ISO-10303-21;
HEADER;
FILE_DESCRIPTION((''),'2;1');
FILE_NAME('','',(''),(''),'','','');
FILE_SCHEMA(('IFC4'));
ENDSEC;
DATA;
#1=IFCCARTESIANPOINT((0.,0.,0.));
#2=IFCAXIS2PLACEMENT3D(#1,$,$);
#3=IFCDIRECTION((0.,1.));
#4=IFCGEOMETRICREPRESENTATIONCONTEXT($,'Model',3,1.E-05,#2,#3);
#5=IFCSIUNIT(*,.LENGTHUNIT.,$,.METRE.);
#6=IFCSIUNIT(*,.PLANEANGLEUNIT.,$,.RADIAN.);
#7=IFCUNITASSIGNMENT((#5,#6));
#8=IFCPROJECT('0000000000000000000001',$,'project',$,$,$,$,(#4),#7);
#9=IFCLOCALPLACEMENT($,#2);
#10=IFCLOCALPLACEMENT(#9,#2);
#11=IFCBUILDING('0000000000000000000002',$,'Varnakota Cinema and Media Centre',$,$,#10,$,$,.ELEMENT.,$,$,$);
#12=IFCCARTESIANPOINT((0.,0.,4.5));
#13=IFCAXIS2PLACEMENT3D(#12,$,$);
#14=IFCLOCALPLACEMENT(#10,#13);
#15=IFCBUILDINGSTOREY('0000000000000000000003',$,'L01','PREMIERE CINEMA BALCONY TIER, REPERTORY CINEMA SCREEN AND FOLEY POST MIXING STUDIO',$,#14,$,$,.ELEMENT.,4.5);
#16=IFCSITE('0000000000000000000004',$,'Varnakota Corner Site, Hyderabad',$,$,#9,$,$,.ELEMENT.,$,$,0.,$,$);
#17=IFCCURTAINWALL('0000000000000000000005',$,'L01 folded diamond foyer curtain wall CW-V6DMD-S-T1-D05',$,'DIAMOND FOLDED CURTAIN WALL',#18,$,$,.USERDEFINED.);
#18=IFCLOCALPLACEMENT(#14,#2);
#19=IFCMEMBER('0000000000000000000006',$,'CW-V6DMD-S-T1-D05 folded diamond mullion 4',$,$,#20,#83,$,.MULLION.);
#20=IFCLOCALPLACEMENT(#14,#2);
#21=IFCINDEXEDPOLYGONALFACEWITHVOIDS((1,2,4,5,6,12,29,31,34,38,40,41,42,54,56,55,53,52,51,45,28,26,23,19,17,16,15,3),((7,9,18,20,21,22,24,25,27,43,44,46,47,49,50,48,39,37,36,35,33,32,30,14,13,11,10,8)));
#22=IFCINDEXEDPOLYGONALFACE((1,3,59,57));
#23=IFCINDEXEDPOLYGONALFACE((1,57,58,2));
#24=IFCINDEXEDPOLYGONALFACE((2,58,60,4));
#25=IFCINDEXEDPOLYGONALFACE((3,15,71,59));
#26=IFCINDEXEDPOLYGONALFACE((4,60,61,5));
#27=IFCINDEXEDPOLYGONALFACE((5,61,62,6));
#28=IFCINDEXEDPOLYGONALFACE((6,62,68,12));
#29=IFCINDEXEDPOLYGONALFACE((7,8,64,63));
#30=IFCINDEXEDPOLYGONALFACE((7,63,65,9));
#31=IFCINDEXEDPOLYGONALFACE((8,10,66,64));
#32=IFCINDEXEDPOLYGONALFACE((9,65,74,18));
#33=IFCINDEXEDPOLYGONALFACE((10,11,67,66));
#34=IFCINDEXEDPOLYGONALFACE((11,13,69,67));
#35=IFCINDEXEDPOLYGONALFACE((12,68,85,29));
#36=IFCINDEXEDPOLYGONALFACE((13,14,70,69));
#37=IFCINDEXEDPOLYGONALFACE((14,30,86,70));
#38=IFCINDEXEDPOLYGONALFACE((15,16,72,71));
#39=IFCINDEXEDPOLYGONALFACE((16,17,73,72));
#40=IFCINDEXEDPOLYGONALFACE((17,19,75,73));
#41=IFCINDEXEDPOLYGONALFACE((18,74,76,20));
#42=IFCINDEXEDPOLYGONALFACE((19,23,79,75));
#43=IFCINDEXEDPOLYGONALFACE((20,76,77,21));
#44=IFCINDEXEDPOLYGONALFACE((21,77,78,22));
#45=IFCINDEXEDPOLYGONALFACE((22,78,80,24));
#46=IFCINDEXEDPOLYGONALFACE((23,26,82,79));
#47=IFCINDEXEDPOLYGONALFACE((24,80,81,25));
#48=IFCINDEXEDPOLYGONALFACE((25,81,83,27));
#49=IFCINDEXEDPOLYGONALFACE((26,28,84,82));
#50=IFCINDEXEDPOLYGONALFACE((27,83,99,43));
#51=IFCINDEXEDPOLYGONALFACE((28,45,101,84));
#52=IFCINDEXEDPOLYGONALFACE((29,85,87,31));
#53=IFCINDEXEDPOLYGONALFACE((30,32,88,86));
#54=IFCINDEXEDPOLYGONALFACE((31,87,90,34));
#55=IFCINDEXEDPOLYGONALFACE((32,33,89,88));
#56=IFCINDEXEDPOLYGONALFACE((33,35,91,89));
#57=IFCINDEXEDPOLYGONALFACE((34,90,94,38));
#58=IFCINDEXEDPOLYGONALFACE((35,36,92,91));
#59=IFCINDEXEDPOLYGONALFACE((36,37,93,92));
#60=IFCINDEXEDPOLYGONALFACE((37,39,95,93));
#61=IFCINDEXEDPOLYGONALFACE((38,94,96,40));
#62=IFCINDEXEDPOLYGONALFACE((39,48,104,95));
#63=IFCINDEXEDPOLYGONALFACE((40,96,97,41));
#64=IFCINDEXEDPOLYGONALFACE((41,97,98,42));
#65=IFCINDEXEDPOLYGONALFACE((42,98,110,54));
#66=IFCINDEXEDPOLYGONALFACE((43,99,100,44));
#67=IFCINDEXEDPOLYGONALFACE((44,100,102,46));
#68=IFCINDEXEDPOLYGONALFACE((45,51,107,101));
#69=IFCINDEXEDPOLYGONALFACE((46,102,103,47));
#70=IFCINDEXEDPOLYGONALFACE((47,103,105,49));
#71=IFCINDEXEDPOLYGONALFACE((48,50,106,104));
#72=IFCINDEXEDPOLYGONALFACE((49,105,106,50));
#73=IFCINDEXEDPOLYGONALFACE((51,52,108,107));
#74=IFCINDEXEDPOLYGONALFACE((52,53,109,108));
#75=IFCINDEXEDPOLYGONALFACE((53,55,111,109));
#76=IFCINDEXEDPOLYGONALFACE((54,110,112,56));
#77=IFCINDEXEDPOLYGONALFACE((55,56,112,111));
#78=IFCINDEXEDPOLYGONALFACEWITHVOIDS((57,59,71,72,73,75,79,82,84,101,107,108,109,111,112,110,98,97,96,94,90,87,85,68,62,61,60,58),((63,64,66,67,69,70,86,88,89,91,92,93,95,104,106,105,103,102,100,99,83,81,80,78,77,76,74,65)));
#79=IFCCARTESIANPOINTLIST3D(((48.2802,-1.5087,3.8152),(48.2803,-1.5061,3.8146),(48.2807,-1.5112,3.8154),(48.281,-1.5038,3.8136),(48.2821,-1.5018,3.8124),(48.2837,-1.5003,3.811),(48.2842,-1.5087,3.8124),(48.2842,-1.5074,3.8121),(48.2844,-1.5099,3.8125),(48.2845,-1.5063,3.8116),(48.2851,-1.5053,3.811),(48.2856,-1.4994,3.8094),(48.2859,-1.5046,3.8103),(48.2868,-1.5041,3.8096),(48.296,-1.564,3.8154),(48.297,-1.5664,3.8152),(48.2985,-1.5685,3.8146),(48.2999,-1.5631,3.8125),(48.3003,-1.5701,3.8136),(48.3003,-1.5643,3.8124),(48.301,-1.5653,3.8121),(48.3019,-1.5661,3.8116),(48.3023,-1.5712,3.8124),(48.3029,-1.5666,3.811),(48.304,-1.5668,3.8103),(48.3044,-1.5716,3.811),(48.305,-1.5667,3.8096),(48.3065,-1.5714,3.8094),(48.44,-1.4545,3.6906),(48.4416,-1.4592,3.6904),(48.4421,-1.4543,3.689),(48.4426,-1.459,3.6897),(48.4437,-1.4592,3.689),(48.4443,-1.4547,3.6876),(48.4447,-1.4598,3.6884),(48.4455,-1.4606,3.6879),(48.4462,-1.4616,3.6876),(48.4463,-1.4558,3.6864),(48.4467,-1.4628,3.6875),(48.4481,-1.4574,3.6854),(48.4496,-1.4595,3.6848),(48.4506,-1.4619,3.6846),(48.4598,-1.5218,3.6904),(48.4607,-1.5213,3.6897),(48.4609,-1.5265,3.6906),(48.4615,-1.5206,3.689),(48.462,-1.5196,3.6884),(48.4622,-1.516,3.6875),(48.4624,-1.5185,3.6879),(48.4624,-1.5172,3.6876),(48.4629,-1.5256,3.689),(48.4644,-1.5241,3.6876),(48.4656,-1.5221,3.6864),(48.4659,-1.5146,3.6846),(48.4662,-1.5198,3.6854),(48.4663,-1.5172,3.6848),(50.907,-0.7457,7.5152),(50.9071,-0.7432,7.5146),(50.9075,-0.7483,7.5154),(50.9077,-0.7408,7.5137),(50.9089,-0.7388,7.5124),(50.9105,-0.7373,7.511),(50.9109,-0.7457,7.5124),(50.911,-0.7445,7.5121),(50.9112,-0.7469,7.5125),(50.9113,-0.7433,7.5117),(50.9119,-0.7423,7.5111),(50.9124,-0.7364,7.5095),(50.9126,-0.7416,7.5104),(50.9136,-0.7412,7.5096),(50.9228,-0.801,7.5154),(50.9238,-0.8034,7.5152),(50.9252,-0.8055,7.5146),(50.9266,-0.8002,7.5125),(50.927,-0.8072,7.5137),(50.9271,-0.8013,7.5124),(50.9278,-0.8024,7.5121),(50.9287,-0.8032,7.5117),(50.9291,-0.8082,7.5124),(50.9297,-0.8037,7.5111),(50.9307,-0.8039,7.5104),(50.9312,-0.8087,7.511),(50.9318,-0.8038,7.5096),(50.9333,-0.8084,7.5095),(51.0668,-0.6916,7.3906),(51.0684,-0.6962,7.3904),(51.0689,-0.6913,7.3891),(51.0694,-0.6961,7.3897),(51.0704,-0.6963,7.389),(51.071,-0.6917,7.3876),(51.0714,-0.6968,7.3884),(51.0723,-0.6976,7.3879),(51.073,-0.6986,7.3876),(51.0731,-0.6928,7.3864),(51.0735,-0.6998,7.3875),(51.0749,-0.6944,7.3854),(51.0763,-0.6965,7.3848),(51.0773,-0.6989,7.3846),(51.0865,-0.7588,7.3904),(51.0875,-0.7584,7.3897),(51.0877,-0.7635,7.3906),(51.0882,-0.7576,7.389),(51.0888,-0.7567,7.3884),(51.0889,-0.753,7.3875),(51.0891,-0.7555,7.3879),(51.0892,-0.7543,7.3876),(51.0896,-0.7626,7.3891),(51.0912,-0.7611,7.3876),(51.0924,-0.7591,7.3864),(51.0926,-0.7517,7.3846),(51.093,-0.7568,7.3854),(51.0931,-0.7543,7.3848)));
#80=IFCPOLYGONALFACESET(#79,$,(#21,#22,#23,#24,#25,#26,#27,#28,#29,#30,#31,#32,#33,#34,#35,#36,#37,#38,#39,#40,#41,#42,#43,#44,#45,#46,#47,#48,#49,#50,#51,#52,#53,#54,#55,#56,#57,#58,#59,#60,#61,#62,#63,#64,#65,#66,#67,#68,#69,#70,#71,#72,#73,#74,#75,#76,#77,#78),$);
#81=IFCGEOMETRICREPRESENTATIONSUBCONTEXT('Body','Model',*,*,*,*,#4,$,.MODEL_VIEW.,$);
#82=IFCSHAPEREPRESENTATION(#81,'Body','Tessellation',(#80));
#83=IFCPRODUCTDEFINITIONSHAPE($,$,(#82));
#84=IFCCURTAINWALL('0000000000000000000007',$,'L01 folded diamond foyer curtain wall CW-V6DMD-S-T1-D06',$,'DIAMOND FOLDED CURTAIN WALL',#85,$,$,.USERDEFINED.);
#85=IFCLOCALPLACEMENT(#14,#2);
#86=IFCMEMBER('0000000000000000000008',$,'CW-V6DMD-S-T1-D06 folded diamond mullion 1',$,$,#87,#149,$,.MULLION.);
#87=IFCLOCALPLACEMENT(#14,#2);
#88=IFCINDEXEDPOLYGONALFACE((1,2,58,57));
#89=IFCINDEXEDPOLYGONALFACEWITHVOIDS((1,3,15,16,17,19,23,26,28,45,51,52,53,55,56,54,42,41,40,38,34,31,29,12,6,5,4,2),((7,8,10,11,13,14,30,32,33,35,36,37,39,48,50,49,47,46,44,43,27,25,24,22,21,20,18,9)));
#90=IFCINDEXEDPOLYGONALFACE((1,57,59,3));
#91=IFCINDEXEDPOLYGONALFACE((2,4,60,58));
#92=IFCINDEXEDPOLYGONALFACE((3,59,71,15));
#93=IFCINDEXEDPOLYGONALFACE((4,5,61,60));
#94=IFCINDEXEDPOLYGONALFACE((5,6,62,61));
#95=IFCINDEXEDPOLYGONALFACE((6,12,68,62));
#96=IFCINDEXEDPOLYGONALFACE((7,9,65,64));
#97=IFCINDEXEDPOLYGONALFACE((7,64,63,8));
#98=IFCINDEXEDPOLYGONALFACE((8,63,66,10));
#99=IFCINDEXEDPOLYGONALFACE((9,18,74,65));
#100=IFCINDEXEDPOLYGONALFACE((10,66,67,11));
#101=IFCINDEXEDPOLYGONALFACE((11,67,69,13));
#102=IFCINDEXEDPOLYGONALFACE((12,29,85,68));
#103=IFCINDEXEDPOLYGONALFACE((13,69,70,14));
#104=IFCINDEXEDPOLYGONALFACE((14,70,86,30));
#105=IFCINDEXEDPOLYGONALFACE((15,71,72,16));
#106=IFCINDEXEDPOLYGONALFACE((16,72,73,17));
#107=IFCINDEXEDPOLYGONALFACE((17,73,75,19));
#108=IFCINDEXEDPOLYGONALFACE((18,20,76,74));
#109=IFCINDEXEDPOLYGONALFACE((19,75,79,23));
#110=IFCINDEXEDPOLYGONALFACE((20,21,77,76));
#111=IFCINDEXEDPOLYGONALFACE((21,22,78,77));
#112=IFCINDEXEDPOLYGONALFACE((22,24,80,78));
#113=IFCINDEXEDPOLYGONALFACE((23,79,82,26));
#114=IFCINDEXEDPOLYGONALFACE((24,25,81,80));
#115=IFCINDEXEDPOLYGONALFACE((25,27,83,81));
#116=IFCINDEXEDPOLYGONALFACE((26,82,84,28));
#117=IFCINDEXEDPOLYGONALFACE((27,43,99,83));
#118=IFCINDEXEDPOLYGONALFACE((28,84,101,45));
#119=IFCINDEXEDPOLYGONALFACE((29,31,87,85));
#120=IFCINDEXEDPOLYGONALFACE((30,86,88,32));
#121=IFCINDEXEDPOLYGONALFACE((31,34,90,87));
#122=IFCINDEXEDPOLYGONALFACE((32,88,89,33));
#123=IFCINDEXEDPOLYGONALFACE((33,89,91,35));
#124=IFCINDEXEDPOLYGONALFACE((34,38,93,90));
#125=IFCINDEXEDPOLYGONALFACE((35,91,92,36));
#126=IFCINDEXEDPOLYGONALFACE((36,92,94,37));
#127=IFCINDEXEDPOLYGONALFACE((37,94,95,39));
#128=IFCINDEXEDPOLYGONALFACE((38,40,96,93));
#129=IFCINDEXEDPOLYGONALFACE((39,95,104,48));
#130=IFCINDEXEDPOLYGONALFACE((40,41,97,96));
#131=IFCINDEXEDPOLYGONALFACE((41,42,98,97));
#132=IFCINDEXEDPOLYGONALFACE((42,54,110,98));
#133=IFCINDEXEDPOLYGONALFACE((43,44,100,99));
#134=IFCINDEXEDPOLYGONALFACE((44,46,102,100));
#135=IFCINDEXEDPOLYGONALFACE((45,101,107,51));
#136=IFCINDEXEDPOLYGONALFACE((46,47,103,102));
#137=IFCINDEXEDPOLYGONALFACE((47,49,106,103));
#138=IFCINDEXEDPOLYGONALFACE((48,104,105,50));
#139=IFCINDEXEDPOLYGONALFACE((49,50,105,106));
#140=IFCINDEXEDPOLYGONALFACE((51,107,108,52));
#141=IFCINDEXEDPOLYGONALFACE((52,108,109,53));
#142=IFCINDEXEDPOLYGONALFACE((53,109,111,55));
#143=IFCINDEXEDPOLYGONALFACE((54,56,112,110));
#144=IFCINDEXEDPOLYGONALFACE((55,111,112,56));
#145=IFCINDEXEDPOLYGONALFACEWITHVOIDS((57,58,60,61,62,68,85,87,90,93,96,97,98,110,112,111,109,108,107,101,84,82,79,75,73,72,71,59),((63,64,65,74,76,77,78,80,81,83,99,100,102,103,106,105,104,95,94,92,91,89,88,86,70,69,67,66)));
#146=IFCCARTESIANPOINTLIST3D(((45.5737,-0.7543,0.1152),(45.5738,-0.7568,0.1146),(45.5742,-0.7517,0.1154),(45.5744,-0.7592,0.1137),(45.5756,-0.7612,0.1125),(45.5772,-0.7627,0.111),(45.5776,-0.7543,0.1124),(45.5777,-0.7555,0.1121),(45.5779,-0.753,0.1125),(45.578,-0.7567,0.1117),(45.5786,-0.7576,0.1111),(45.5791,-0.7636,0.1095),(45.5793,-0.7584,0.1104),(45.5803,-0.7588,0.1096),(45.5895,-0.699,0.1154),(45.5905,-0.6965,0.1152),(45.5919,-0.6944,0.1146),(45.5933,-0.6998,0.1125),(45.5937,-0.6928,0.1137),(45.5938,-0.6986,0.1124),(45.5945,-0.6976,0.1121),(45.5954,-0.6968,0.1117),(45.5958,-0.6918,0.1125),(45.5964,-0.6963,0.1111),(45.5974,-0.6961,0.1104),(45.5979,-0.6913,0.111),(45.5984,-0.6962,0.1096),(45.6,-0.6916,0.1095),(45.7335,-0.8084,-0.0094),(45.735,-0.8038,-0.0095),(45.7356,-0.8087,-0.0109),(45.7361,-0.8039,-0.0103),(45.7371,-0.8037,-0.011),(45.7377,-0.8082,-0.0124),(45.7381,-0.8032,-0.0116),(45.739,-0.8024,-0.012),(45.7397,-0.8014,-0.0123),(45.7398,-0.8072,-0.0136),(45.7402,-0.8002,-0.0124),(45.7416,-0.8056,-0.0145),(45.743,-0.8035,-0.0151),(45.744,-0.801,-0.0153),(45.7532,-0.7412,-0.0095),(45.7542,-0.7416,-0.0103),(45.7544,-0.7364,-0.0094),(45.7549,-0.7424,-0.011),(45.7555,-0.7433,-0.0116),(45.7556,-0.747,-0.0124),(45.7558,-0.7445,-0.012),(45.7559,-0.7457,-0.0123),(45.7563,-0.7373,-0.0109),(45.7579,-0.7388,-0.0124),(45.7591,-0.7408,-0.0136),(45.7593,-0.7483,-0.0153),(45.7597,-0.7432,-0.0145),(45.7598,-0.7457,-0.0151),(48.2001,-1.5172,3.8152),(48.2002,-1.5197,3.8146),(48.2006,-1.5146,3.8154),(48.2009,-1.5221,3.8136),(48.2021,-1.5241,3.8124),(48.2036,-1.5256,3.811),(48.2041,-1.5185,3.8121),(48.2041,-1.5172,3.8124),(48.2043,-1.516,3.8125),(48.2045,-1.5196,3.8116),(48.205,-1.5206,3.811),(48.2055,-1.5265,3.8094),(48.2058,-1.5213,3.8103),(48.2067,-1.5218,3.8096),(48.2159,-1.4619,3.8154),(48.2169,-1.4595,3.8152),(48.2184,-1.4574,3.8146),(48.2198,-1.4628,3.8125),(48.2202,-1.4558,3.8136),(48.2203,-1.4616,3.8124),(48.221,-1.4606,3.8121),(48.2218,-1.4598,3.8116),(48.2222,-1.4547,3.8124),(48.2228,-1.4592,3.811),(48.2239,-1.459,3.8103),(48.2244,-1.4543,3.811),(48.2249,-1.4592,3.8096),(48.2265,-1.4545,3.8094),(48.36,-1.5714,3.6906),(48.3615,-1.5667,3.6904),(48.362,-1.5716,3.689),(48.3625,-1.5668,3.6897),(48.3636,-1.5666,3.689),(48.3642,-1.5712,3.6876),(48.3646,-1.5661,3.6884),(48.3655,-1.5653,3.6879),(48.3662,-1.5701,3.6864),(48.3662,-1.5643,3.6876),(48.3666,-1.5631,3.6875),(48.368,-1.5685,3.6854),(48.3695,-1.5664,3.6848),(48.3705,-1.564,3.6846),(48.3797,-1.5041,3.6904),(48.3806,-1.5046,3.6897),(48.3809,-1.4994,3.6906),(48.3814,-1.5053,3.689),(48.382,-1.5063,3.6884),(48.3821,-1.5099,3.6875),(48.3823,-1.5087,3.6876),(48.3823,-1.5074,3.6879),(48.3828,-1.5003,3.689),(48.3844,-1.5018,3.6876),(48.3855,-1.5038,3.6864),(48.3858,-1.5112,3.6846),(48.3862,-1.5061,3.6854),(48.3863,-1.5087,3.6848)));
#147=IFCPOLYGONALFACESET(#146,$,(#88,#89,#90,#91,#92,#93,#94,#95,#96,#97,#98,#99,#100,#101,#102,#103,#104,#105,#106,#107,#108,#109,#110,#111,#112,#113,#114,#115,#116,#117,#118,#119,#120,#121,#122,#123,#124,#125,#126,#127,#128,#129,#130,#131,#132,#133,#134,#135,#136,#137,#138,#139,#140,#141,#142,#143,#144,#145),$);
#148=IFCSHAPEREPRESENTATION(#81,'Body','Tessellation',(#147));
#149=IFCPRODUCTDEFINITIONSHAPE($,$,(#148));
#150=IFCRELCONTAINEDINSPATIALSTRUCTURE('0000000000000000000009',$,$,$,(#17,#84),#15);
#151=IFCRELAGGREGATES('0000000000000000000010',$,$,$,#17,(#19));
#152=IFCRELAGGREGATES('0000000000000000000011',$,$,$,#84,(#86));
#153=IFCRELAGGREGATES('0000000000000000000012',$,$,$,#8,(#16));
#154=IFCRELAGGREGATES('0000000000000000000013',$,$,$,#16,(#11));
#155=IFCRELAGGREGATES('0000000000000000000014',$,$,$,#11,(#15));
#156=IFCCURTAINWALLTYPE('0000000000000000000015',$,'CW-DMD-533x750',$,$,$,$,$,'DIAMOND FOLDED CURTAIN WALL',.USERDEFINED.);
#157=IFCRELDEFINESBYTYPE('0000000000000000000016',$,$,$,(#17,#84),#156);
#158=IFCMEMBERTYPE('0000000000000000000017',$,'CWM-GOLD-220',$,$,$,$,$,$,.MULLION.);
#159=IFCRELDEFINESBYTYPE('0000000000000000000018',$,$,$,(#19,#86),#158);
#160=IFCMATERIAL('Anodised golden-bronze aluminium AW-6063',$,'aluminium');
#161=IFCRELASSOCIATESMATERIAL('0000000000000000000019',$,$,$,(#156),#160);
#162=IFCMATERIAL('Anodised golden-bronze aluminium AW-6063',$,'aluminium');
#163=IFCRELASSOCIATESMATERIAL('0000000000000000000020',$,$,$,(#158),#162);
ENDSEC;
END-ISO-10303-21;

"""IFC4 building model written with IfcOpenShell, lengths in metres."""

from ifc_helpers import new_model, si_unit, direction, frame, origin, origin_2d, place, context, subcontext, project, spatial, hollow_rectangle, extrude, material, material_profile, profile_set, type_object, element, aggregate, save


model = new_model("IFC4")

# Units and contexts
model_context = context("Model", 3, precision=1e-05, world=origin(), true_north=direction((0.0, 1.0)))
body_context = subcontext(model_context, "Body", "Model", "MODEL_VIEW")
ifc_project = project(units=[si_unit("LENGTHUNIT", "METRE"), si_unit("PLANEANGLEUNIT", "RADIAN")], contexts=[model_context])

# Site, building, storey
site_placement = place(None, origin())
site = spatial("IfcSite", under=ifc_project, at=site_placement, Name="Varnakota Corner Site, Hyderabad", CompositionType="ELEMENT", RefElevation=0.0)
building_placement = place(site_placement, origin())
building = spatial("IfcBuilding", under=site, at=building_placement, Name="Varnakota Cinema and Media Centre", CompositionType="ELEMENT")
storey_placement = place(building_placement, frame((0.0, 0.0, 4.5)))
storey = spatial("IfcBuildingStorey", under=building, at=storey_placement, Name="L01", Description="PREMIERE CINEMA BALCONY TIER, REPERTORY CINEMA SCREEN AND FOLEY POST MIXING STUDIO", CompositionType="ELEMENT", Elevation=4.5)

# Curtain wall, member
ifc_material_1 = material(Name="Anodised golden-bronze aluminium AW-6063", Category="aluminium")
curtain_wall_type = type_object("IfcCurtainWallType", Name="CW-DMD-533x750", ElementType="DIAMOND FOLDED CURTAIN WALL", PredefinedType="USERDEFINED", material=ifc_material_1)
curtain_wall_1_placement = place(storey_placement, origin())
curtain_wall_1 = element("IfcCurtainWall", 1, at=curtain_wall_1_placement, inside=storey, type_object=curtain_wall_type, Name="L01 folded diamond foyer curtain wall CW-V6DMD-S-T1-D05", ObjectType="DIAMOND FOLDED CURTAIN WALL", PredefinedType="USERDEFINED")
ifc_material_2 = material(Name="Anodised golden-bronze aluminium AW-6063", Category="aluminium")
ifc_material_profile_1 = material_profile(ifc_material_2, hollow_rectangle(XDim=0.075, YDim=0.22, WallThickness=0.0049, InnerFilletRadius=0.0049, OuterFilletRadius=0.01, at=origin_2d()), Name="AL-MULLION 220x75x5")
ifc_profile_set_1 = profile_set([ifc_material_profile_1], Name="Anodised golden-bronze aluminium AW-6063")
member_type_1 = type_object("IfcMemberType", Name="CWM-GOLD-220", PredefinedType="MULLION", material=ifc_profile_set_1)
member_1_placement = place(storey_placement, frame((48.3733, -1.5129, 3.75), z_axis=(0.570871, 0.165812, 0.804122), x_axis=(-0.278927, 0.960312, 0.0)))
member_1 = element("IfcMember", 2, at=member_1_placement, type_object=member_type_1, Name="CW-V6DMD-S-T1-D05 folded diamond mullion 4", PredefinedType="MULLION", context=body_context, shape_type="SweptSolid", body=[
    extrude(hollow_rectangle(XDim=0.075, YDim=0.22, WallThickness=0.0049, InnerFilletRadius=0.0049, OuterFilletRadius=0.01, at=origin_2d()), origin(), (0.0, 0.0, 1.0), 4.6013),
])

# Curtain wall, member
curtain_wall_2_placement = place(storey_placement, origin())
curtain_wall_2 = element("IfcCurtainWall", 3, at=curtain_wall_2_placement, inside=storey, type_object=curtain_wall_type, Name="L01 folded diamond foyer curtain wall CW-V6DMD-S-T1-D06", ObjectType="DIAMOND FOLDED CURTAIN WALL", PredefinedType="USERDEFINED")
member_2_placement = place(storey_placement, frame((45.6667, -0.75, 0.05), z_axis=(0.570835, -0.165817, 0.804147), x_axis=(0.278951, 0.960305, 0.0)))
member_2 = element("IfcMember", 4, at=member_2_placement, type_object=member_type_1, Name="CW-V6DMD-S-T1-D06 folded diamond mullion 1", PredefinedType="MULLION", context=body_context, shape_type="SweptSolid", body=[
    extrude(hollow_rectangle(XDim=0.075, YDim=0.22, WallThickness=0.0049, InnerFilletRadius=0.0049, OuterFilletRadius=0.01, at=origin_2d()), origin(), (0.0, 0.0, 1.0), 4.6011),
])

aggregate(curtain_wall_1, [member_1])
aggregate(curtain_wall_2, [member_2])

save(model, "model.ifc")
